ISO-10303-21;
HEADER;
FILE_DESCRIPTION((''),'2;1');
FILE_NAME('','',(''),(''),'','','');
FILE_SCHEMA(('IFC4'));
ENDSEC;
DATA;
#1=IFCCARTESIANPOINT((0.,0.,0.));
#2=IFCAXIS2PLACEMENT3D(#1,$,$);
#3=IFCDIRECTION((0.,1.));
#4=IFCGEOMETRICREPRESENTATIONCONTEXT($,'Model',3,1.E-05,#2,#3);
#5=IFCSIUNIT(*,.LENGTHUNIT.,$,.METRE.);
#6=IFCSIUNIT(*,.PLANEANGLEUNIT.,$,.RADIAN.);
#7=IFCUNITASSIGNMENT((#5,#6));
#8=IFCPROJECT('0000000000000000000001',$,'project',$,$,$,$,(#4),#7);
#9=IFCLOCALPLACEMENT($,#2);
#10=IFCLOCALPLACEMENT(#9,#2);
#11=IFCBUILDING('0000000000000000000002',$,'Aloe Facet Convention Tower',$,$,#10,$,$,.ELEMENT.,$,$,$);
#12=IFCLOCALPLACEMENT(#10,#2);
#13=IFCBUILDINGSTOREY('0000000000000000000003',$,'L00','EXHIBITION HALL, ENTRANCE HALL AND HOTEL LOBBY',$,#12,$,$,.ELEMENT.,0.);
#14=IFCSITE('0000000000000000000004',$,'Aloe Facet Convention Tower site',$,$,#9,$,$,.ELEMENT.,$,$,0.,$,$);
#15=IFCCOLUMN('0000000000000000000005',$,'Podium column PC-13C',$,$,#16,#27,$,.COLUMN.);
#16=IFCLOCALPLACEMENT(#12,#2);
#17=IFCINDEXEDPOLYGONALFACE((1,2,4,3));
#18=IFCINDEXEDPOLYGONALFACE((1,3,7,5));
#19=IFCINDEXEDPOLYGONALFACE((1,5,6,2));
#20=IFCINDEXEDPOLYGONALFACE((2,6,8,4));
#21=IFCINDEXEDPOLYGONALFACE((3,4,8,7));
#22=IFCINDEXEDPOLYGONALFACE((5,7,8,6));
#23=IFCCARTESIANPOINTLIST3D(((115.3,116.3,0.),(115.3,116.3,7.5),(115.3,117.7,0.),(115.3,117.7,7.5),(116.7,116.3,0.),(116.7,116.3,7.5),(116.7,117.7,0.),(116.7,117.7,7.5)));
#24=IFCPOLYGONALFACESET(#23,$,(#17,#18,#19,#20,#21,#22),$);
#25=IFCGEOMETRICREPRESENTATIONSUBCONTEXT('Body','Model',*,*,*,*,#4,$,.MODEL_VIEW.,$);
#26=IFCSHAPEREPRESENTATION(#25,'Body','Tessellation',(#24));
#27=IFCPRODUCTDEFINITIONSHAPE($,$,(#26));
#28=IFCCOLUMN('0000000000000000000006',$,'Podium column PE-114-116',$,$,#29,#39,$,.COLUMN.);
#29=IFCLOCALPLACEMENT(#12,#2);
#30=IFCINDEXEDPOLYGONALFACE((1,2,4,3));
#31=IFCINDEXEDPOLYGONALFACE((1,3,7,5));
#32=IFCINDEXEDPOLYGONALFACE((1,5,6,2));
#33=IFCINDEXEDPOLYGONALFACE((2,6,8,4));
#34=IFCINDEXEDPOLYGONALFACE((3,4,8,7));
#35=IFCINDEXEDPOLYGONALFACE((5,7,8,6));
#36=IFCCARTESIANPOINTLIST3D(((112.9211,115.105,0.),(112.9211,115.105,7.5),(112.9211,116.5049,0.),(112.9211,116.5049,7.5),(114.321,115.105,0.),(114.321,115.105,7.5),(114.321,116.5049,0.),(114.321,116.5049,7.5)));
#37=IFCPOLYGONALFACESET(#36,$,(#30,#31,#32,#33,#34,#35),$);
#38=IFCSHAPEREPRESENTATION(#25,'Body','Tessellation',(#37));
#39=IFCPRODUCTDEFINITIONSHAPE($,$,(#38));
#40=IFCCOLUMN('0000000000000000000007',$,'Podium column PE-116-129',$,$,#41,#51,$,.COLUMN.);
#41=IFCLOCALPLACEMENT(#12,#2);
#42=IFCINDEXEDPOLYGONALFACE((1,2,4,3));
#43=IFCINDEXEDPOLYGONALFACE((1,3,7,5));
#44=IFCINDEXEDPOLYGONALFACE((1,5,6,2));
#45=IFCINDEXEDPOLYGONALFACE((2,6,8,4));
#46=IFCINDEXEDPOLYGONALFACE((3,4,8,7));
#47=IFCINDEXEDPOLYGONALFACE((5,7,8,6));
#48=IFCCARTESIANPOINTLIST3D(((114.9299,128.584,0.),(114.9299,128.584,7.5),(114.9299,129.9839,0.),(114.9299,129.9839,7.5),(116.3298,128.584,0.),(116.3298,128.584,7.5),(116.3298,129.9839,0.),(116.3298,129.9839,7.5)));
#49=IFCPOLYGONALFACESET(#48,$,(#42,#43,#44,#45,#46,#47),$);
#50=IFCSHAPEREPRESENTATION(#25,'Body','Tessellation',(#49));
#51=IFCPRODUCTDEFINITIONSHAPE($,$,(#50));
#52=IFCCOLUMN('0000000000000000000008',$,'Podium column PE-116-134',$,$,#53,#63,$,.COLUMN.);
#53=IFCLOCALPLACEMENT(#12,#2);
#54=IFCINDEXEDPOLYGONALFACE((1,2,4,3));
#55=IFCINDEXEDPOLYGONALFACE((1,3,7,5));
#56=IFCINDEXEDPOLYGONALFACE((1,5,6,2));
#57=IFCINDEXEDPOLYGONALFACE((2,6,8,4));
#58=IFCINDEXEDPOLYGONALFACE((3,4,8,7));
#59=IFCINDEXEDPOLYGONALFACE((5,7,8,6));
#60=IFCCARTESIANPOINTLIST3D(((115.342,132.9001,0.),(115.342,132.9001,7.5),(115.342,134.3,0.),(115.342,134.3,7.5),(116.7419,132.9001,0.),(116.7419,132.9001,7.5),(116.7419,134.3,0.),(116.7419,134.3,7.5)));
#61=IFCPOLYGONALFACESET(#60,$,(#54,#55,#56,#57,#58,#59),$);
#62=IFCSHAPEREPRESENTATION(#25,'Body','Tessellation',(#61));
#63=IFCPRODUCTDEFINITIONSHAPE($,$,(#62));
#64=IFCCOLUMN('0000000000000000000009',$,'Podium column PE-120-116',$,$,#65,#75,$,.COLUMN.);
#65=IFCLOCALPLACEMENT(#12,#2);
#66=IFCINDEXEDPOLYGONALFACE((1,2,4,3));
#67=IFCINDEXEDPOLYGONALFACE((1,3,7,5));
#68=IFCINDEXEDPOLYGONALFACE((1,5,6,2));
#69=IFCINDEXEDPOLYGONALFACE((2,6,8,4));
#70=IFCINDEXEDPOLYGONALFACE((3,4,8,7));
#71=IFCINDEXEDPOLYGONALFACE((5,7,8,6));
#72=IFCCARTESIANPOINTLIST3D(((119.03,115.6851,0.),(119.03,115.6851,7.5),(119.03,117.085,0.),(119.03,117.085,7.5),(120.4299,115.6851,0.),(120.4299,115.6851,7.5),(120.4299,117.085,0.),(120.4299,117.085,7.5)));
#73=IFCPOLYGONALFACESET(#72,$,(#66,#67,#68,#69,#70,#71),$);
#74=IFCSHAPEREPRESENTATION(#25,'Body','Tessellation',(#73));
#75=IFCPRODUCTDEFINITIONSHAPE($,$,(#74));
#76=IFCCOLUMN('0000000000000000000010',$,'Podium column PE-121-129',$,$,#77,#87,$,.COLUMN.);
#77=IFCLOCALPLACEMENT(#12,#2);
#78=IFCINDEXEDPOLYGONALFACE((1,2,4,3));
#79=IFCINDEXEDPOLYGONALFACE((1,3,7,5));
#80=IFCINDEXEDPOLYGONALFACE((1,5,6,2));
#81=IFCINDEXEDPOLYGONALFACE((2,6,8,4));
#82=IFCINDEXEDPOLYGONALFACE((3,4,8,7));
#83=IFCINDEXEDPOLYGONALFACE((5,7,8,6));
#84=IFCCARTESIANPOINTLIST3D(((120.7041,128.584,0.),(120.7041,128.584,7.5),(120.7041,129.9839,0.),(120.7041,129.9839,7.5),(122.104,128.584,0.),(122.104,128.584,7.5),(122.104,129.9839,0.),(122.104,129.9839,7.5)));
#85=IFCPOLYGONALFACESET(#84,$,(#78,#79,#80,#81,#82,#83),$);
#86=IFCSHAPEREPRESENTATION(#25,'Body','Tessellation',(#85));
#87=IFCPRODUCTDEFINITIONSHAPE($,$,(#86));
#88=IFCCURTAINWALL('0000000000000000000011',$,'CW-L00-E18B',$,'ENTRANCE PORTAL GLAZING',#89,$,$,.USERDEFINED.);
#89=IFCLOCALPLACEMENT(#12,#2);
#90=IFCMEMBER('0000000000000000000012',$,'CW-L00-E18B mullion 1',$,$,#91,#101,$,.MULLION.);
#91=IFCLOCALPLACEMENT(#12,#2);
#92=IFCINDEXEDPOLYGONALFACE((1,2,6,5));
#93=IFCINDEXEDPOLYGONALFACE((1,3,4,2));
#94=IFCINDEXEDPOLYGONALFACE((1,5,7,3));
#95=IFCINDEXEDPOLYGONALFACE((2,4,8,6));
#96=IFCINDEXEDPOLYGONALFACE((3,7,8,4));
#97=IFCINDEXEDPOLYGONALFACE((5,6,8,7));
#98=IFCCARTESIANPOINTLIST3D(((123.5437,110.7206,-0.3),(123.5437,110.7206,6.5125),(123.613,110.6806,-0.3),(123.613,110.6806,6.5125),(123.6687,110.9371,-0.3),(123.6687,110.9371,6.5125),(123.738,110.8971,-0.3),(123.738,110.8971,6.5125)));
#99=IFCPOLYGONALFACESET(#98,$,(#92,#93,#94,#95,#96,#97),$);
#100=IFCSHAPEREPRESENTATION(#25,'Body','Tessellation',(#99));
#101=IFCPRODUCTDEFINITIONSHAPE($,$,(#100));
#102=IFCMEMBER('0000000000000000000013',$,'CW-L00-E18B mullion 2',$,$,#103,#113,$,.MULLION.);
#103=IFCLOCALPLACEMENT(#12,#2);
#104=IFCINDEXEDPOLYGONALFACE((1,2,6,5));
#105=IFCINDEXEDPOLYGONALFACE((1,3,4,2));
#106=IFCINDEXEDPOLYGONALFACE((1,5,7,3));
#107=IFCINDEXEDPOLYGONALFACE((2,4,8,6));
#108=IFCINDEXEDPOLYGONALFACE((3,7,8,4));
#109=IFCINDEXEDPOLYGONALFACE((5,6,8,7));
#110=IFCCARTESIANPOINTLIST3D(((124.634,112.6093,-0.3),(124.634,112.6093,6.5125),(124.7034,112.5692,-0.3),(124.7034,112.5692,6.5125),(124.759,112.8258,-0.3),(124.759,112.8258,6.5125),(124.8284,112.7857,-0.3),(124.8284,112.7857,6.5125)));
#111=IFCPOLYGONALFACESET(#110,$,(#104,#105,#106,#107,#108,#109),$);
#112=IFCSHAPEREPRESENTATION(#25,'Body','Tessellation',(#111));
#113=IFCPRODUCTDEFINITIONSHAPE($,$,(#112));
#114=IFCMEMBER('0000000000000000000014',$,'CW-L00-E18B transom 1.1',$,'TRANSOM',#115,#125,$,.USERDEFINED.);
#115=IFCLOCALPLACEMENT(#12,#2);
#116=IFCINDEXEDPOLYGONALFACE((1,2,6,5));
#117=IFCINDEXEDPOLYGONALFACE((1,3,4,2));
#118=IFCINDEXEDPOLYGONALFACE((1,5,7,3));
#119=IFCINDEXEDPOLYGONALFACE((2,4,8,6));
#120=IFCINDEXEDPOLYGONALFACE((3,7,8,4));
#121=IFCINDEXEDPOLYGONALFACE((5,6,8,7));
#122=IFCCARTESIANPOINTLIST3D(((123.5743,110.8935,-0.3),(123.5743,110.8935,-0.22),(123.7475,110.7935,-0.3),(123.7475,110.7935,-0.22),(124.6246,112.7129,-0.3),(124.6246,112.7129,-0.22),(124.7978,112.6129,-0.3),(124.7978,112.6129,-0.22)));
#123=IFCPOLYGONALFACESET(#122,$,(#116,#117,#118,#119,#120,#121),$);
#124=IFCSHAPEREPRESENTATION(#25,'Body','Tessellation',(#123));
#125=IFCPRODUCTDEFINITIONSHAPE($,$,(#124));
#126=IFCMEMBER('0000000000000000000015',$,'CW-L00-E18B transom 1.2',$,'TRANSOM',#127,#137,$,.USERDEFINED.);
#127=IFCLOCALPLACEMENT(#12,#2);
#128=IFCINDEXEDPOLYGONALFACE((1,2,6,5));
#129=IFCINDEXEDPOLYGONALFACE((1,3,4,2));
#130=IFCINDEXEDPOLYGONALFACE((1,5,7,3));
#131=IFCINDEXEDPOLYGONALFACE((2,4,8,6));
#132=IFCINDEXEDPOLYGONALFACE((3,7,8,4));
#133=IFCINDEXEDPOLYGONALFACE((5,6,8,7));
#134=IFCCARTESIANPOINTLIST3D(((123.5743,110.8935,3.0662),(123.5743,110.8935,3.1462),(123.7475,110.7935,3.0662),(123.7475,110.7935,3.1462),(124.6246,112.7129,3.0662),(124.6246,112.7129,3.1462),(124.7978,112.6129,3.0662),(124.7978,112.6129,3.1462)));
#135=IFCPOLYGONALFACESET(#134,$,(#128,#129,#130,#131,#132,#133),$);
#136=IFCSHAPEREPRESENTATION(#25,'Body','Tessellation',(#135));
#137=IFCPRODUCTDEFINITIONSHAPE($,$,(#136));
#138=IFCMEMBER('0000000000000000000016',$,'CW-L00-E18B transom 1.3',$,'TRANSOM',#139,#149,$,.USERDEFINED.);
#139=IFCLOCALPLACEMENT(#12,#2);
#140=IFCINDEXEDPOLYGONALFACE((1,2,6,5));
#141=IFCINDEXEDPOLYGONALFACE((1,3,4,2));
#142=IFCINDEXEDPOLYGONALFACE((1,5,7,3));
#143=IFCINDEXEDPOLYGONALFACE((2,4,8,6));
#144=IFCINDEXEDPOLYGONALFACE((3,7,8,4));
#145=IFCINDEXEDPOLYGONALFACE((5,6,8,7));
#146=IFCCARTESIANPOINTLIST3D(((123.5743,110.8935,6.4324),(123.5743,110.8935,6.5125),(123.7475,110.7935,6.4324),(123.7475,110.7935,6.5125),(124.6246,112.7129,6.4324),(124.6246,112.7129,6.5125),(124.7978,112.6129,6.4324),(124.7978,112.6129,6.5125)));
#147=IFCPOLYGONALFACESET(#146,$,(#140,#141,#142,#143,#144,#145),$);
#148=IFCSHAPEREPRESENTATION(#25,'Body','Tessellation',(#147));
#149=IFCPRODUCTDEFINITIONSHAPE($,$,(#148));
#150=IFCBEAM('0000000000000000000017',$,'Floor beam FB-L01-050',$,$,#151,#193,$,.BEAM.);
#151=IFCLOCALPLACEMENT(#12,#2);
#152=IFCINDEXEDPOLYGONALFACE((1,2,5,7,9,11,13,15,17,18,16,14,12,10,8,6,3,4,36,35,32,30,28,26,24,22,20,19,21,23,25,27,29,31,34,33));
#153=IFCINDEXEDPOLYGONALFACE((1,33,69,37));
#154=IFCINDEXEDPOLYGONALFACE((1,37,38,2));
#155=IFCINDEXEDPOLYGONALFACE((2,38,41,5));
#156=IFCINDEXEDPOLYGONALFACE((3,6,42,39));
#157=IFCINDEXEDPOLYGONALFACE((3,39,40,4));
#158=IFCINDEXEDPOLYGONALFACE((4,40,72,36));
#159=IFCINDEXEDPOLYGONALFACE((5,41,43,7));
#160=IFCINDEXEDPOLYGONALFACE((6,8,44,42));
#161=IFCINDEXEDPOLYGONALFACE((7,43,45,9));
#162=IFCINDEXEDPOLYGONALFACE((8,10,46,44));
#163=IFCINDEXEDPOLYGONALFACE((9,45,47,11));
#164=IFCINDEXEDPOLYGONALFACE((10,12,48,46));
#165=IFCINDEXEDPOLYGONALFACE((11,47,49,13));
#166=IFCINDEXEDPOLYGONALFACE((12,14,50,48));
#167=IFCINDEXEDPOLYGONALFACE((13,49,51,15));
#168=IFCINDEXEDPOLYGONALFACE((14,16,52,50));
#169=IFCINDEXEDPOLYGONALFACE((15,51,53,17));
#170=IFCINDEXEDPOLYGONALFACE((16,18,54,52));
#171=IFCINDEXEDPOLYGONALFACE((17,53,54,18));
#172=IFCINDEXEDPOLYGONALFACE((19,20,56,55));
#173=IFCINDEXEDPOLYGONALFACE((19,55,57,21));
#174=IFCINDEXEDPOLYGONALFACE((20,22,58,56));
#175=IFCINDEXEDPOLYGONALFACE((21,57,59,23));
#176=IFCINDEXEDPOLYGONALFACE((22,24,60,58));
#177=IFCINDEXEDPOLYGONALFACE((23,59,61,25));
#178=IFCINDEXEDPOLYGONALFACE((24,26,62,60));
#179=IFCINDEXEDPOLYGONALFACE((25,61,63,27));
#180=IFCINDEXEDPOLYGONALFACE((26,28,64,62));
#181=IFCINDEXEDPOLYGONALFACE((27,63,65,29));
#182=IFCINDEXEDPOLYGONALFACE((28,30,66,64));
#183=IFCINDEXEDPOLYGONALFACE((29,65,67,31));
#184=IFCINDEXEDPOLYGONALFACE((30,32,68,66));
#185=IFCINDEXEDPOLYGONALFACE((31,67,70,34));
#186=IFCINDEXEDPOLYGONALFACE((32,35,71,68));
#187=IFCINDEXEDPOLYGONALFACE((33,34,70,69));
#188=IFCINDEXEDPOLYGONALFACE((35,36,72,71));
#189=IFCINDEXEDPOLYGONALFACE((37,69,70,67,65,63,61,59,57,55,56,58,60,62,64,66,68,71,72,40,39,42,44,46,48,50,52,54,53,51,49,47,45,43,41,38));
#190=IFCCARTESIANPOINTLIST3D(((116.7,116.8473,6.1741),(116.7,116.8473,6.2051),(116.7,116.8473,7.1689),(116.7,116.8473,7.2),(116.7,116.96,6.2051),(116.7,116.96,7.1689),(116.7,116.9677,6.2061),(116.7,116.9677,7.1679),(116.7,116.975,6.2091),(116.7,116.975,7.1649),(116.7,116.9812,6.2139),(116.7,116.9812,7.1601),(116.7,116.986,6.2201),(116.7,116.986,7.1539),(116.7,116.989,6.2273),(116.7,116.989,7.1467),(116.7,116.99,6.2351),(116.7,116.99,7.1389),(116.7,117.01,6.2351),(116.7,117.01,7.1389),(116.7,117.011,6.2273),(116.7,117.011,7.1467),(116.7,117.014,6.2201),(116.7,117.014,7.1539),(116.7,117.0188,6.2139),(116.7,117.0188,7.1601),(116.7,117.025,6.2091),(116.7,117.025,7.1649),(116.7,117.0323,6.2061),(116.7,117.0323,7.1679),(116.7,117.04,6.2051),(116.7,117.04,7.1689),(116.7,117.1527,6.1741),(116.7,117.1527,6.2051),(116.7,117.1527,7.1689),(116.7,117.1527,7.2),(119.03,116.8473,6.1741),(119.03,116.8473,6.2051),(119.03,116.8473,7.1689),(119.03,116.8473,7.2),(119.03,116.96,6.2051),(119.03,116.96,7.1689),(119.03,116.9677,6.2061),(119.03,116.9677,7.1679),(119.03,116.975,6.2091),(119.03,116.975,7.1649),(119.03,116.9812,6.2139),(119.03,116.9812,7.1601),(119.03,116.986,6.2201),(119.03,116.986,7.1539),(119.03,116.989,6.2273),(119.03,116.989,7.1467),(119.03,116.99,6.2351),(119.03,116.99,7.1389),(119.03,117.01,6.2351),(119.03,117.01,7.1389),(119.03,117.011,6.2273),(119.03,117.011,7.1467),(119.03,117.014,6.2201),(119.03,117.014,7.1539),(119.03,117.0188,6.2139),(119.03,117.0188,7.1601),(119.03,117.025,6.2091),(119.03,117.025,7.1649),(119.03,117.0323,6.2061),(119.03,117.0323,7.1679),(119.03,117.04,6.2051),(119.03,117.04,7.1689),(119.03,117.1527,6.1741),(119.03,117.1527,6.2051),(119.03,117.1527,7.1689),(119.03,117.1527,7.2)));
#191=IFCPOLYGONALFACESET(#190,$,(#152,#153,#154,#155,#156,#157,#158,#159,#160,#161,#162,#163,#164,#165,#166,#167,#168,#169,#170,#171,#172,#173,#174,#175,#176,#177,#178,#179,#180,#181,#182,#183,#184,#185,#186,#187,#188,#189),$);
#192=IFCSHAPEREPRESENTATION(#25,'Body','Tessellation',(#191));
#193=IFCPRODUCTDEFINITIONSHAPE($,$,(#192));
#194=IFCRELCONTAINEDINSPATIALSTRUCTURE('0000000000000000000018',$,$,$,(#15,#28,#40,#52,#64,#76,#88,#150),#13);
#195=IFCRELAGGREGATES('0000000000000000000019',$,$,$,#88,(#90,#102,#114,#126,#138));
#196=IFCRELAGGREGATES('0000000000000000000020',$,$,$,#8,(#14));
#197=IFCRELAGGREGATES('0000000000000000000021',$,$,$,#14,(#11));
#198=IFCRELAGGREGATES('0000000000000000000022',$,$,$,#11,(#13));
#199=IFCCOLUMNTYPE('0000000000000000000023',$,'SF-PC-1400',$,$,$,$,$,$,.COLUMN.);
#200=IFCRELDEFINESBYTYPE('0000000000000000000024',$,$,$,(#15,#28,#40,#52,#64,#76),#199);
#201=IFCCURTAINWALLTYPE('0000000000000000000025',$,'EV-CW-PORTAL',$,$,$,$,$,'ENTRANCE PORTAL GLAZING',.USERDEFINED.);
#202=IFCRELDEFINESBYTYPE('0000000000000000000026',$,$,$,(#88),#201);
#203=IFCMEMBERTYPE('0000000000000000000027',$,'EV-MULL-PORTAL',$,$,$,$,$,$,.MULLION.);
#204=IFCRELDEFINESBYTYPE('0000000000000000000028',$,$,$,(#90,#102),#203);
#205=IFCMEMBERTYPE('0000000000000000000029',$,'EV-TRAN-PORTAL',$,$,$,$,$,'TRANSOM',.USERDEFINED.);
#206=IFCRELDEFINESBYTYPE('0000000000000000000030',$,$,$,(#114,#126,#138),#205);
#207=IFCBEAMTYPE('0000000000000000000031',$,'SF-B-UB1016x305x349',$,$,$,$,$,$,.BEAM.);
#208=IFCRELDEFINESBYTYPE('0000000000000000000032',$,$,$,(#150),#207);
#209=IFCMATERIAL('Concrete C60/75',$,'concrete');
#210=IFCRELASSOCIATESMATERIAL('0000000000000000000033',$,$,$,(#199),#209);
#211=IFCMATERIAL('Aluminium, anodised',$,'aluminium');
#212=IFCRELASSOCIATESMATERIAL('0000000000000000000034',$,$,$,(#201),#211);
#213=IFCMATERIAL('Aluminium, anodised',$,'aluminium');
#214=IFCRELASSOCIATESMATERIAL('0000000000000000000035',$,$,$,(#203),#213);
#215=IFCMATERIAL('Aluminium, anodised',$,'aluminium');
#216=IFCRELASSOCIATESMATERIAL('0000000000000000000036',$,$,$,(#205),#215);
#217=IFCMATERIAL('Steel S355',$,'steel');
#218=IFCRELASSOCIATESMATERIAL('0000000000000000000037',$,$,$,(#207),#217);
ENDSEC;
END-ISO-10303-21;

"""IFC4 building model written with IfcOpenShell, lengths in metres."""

from ifc_helpers import new_model, si_unit, direction, frame, origin, origin_2d, place, context, subcontext, project, spatial, rectangle, i_section, extrude, material, material_profile, profile_set, type_object, element, aggregate, save


model = new_model("IFC4")

# Units and contexts
model_context = context("Model", 3, precision=1e-05, world=origin(), true_north=direction((0.0, 1.0)))
body_context = subcontext(model_context, "Body", "Model", "MODEL_VIEW")
ifc_project = project(units=[si_unit("LENGTHUNIT", "METRE"), si_unit("PLANEANGLEUNIT", "RADIAN")], contexts=[model_context])

# Site, building, storey
site_placement = place(None, origin())
site = spatial("IfcSite", under=ifc_project, at=site_placement, Name="Aloe Facet Convention Tower site", CompositionType="ELEMENT", RefElevation=0.0)
building_placement = place(site_placement, origin())
building = spatial("IfcBuilding", under=site, at=building_placement, Name="Aloe Facet Convention Tower", CompositionType="ELEMENT")
storey_placement = place(building_placement, origin())
storey = spatial("IfcBuildingStorey", under=building, at=storey_placement, Name="L00", Description="EXHIBITION HALL, ENTRANCE HALL AND HOTEL LOBBY", CompositionType="ELEMENT", Elevation=0.0)

# Columns
ifc_material_1 = material(Name="Concrete C60/75", Category="concrete")
ifc_material_profile_1 = material_profile(ifc_material_1, rectangle(XDim=1.3999, YDim=1.3999, at=origin_2d()), Name="SF-PC-1400")
ifc_profile_set_1 = profile_set([ifc_material_profile_1], Name="Concrete C60/75")
column_type = type_object("IfcColumnType", Name="SF-PC-1400", PredefinedType="COLUMN", material=ifc_profile_set_1)
for number, where, z_axis, x_axis, name in (
    (1, (116.0, 117.0, 0.0), (0.0, 0.0, 1.0), (1.0, 0.0, 0.0), "Podium column PC-13C"),
    (2, (113.6211, 115.8049, 0.0), (0.0, 0.0, 1.0), (1.0, 0.0, 0.0), "Podium column PE-114-116"),
    (3, (115.6299, 129.2839, 0.0), (0.0, 0.0, 1.0), (1.0, 0.0, 0.0), "Podium column PE-116-129"),
    (4, (116.042, 133.6001, 0.0), (0.0, 0.0, 1.0), (1.0, 0.0, 0.0), "Podium column PE-116-134"),
    (5, (119.73, 116.385, 0.0), (0.0, 0.0, 1.0), (1.0, 0.0, 0.0), "Podium column PE-120-116"),
    (6, (121.4041, 129.2839, 0.0), (0.0, 0.0, 1.0), (1.0, 0.0, 0.0), "Podium column PE-121-129"),
):
    element("IfcColumn", number, at=place(storey_placement, frame(where, z_axis=z_axis, x_axis=x_axis)), inside=storey, type_object=column_type, Name=name, PredefinedType="COLUMN", context=body_context, shape_type="SweptSolid", body=[
        extrude(rectangle(XDim=1.3999, YDim=1.3999, at=origin_2d()), origin(), (0.0, 0.0, 1.0), 7.5),
    ])

# Curtain wall, members
ifc_material_2 = material(Name="Aluminium, anodised", Category="aluminium")
curtain_wall_type = type_object("IfcCurtainWallType", Name="EV-CW-PORTAL", ElementType="ENTRANCE PORTAL GLAZING", PredefinedType="USERDEFINED", material=ifc_material_2)
curtain_wall_placement = place(storey_placement, origin())
curtain_wall = element("IfcCurtainWall", 7, at=curtain_wall_placement, inside=storey, type_object=curtain_wall_type, Name="CW-L00-E18B", ObjectType="ENTRANCE PORTAL GLAZING", PredefinedType="USERDEFINED")
ifc_material_3 = material(Name="Aluminium, anodised", Category="aluminium")
ifc_material_profile_2 = material_profile(ifc_material_3, rectangle(XDim=0.0801, YDim=0.25, at=origin_2d()), Name="AL 80x250")
ifc_profile_set_2 = profile_set([ifc_material_profile_2], Name="Aluminium, anodised")
member_type_1 = type_object("IfcMemberType", Name="EV-MULL-PORTAL", PredefinedType="MULLION", material=ifc_profile_set_2)
member_1_placement = place(storey_placement, frame((123.6409, 110.8088, -0.3), z_axis=(0.0, 0.0, 1.0), x_axis=(-0.866025, 0.5, 0.0)))
member_1 = element("IfcMember", 8, at=member_1_placement, type_object=member_type_1, Name="CW-L00-E18B mullion 1", PredefinedType="MULLION", context=body_context, shape_type="SweptSolid", body=[
    extrude(rectangle(XDim=0.0801, YDim=0.25, at=origin_2d()), origin(), (0.0, 0.0, 1.0), 6.8125),
])
member_2_placement = place(storey_placement, frame((124.7312, 112.6975, -0.3), z_axis=(0.0, 0.0, 1.0), x_axis=(-0.866025, 0.5, 0.0)))
member_2 = element("IfcMember", 9, at=member_2_placement, type_object=member_type_1, Name="CW-L00-E18B mullion 2", PredefinedType="MULLION", context=body_context, shape_type="SweptSolid", body=[
    extrude(rectangle(XDim=0.0801, YDim=0.25, at=origin_2d()), origin(), (0.0, 0.0, 1.0), 6.8125),
])
ifc_material_4 = material(Name="Aluminium, anodised", Category="aluminium")
ifc_material_profile_3 = material_profile(ifc_material_4, rectangle(XDim=0.2, YDim=0.0801, at=origin_2d()), Name="AL 200x80")
ifc_profile_set_3 = profile_set([ifc_material_profile_3], Name="Aluminium, anodised")
member_type_2 = type_object("IfcMemberType", Name="EV-TRAN-PORTAL", ElementType="TRANSOM", PredefinedType="USERDEFINED", material=ifc_profile_set_3)
member_3_placement = place(storey_placement, frame((123.6609, 110.8435, -0.26), z_axis=(0.499964, 0.866046, 0.0), x_axis=(-0.866046, 0.499964, 0.0)))
member_3 = element("IfcMember", 10, at=member_3_placement, type_object=member_type_2, Name="CW-L00-E18B transom 1.1", ObjectType="TRANSOM", PredefinedType="USERDEFINED", context=body_context, shape_type="SweptSolid", body=[
    extrude(rectangle(XDim=0.2, YDim=0.0801, at=origin_2d()), origin(), (0.0, 0.0, 1.0), 2.1008),
])
member_4_placement = place(storey_placement, frame((123.6609, 110.8435, 3.1062), z_axis=(0.499964, 0.866046, 0.0), x_axis=(-0.866046, 0.499964, 0.0)))
member_4 = element("IfcMember", 11, at=member_4_placement, type_object=member_type_2, Name="CW-L00-E18B transom 1.2", ObjectType="TRANSOM", PredefinedType="USERDEFINED", context=body_context, shape_type="SweptSolid", body=[
    extrude(rectangle(XDim=0.2, YDim=0.0801, at=origin_2d()), origin(), (0.0, 0.0, 1.0), 2.1008),
])
member_5_placement = place(storey_placement, frame((123.6609, 110.8435, 6.4724), z_axis=(0.499964, 0.866046, 0.0), x_axis=(-0.866046, 0.499964, 0.0)))
member_5 = element("IfcMember", 12, at=member_5_placement, type_object=member_type_2, Name="CW-L00-E18B transom 1.3", ObjectType="TRANSOM", PredefinedType="USERDEFINED", context=body_context, shape_type="SweptSolid", body=[
    extrude(rectangle(XDim=0.2, YDim=0.0801, at=origin_2d()), origin(), (0.0, 0.0, 1.0), 2.1008),
])

# Beam
ifc_material_5 = material(Name="Steel S355", Category="steel")
ifc_material_profile_4 = material_profile(ifc_material_5, i_section(OverallWidth=0.3054, OverallDepth=1.0259, WebThickness=0.02, FlangeThickness=0.031, FilletRadius=0.03, at=origin_2d()), Name="UB 1016x305x349")
ifc_profile_set_4 = profile_set([ifc_material_profile_4], Name="Steel S355")
beam_type_1 = type_object("IfcBeamType", Name="SF-B-UB1016x305x349", PredefinedType="BEAM", material=ifc_profile_set_4)
beam_1_placement = place(storey_placement, frame((116.7, 117.0, 6.687), z_axis=(1.0, 0.0, 0.0), x_axis=(0.0, 1.0, 0.0)))
element("IfcBeam", 13, at=beam_1_placement, inside=storey, type_object=beam_type_1, Name="Floor beam FB-L01-050", PredefinedType="BEAM", context=body_context, shape_type="SweptSolid", body=[
    extrude(i_section(OverallWidth=0.3054, OverallDepth=1.0259, WebThickness=0.02, FlangeThickness=0.031, FilletRadius=0.03, at=origin_2d()), origin(), (0.0, 0.0, 1.0), 2.3301),
])

aggregate(curtain_wall, [member_1, member_2, member_3, member_4, member_5])

save(model, "model.ifc")
